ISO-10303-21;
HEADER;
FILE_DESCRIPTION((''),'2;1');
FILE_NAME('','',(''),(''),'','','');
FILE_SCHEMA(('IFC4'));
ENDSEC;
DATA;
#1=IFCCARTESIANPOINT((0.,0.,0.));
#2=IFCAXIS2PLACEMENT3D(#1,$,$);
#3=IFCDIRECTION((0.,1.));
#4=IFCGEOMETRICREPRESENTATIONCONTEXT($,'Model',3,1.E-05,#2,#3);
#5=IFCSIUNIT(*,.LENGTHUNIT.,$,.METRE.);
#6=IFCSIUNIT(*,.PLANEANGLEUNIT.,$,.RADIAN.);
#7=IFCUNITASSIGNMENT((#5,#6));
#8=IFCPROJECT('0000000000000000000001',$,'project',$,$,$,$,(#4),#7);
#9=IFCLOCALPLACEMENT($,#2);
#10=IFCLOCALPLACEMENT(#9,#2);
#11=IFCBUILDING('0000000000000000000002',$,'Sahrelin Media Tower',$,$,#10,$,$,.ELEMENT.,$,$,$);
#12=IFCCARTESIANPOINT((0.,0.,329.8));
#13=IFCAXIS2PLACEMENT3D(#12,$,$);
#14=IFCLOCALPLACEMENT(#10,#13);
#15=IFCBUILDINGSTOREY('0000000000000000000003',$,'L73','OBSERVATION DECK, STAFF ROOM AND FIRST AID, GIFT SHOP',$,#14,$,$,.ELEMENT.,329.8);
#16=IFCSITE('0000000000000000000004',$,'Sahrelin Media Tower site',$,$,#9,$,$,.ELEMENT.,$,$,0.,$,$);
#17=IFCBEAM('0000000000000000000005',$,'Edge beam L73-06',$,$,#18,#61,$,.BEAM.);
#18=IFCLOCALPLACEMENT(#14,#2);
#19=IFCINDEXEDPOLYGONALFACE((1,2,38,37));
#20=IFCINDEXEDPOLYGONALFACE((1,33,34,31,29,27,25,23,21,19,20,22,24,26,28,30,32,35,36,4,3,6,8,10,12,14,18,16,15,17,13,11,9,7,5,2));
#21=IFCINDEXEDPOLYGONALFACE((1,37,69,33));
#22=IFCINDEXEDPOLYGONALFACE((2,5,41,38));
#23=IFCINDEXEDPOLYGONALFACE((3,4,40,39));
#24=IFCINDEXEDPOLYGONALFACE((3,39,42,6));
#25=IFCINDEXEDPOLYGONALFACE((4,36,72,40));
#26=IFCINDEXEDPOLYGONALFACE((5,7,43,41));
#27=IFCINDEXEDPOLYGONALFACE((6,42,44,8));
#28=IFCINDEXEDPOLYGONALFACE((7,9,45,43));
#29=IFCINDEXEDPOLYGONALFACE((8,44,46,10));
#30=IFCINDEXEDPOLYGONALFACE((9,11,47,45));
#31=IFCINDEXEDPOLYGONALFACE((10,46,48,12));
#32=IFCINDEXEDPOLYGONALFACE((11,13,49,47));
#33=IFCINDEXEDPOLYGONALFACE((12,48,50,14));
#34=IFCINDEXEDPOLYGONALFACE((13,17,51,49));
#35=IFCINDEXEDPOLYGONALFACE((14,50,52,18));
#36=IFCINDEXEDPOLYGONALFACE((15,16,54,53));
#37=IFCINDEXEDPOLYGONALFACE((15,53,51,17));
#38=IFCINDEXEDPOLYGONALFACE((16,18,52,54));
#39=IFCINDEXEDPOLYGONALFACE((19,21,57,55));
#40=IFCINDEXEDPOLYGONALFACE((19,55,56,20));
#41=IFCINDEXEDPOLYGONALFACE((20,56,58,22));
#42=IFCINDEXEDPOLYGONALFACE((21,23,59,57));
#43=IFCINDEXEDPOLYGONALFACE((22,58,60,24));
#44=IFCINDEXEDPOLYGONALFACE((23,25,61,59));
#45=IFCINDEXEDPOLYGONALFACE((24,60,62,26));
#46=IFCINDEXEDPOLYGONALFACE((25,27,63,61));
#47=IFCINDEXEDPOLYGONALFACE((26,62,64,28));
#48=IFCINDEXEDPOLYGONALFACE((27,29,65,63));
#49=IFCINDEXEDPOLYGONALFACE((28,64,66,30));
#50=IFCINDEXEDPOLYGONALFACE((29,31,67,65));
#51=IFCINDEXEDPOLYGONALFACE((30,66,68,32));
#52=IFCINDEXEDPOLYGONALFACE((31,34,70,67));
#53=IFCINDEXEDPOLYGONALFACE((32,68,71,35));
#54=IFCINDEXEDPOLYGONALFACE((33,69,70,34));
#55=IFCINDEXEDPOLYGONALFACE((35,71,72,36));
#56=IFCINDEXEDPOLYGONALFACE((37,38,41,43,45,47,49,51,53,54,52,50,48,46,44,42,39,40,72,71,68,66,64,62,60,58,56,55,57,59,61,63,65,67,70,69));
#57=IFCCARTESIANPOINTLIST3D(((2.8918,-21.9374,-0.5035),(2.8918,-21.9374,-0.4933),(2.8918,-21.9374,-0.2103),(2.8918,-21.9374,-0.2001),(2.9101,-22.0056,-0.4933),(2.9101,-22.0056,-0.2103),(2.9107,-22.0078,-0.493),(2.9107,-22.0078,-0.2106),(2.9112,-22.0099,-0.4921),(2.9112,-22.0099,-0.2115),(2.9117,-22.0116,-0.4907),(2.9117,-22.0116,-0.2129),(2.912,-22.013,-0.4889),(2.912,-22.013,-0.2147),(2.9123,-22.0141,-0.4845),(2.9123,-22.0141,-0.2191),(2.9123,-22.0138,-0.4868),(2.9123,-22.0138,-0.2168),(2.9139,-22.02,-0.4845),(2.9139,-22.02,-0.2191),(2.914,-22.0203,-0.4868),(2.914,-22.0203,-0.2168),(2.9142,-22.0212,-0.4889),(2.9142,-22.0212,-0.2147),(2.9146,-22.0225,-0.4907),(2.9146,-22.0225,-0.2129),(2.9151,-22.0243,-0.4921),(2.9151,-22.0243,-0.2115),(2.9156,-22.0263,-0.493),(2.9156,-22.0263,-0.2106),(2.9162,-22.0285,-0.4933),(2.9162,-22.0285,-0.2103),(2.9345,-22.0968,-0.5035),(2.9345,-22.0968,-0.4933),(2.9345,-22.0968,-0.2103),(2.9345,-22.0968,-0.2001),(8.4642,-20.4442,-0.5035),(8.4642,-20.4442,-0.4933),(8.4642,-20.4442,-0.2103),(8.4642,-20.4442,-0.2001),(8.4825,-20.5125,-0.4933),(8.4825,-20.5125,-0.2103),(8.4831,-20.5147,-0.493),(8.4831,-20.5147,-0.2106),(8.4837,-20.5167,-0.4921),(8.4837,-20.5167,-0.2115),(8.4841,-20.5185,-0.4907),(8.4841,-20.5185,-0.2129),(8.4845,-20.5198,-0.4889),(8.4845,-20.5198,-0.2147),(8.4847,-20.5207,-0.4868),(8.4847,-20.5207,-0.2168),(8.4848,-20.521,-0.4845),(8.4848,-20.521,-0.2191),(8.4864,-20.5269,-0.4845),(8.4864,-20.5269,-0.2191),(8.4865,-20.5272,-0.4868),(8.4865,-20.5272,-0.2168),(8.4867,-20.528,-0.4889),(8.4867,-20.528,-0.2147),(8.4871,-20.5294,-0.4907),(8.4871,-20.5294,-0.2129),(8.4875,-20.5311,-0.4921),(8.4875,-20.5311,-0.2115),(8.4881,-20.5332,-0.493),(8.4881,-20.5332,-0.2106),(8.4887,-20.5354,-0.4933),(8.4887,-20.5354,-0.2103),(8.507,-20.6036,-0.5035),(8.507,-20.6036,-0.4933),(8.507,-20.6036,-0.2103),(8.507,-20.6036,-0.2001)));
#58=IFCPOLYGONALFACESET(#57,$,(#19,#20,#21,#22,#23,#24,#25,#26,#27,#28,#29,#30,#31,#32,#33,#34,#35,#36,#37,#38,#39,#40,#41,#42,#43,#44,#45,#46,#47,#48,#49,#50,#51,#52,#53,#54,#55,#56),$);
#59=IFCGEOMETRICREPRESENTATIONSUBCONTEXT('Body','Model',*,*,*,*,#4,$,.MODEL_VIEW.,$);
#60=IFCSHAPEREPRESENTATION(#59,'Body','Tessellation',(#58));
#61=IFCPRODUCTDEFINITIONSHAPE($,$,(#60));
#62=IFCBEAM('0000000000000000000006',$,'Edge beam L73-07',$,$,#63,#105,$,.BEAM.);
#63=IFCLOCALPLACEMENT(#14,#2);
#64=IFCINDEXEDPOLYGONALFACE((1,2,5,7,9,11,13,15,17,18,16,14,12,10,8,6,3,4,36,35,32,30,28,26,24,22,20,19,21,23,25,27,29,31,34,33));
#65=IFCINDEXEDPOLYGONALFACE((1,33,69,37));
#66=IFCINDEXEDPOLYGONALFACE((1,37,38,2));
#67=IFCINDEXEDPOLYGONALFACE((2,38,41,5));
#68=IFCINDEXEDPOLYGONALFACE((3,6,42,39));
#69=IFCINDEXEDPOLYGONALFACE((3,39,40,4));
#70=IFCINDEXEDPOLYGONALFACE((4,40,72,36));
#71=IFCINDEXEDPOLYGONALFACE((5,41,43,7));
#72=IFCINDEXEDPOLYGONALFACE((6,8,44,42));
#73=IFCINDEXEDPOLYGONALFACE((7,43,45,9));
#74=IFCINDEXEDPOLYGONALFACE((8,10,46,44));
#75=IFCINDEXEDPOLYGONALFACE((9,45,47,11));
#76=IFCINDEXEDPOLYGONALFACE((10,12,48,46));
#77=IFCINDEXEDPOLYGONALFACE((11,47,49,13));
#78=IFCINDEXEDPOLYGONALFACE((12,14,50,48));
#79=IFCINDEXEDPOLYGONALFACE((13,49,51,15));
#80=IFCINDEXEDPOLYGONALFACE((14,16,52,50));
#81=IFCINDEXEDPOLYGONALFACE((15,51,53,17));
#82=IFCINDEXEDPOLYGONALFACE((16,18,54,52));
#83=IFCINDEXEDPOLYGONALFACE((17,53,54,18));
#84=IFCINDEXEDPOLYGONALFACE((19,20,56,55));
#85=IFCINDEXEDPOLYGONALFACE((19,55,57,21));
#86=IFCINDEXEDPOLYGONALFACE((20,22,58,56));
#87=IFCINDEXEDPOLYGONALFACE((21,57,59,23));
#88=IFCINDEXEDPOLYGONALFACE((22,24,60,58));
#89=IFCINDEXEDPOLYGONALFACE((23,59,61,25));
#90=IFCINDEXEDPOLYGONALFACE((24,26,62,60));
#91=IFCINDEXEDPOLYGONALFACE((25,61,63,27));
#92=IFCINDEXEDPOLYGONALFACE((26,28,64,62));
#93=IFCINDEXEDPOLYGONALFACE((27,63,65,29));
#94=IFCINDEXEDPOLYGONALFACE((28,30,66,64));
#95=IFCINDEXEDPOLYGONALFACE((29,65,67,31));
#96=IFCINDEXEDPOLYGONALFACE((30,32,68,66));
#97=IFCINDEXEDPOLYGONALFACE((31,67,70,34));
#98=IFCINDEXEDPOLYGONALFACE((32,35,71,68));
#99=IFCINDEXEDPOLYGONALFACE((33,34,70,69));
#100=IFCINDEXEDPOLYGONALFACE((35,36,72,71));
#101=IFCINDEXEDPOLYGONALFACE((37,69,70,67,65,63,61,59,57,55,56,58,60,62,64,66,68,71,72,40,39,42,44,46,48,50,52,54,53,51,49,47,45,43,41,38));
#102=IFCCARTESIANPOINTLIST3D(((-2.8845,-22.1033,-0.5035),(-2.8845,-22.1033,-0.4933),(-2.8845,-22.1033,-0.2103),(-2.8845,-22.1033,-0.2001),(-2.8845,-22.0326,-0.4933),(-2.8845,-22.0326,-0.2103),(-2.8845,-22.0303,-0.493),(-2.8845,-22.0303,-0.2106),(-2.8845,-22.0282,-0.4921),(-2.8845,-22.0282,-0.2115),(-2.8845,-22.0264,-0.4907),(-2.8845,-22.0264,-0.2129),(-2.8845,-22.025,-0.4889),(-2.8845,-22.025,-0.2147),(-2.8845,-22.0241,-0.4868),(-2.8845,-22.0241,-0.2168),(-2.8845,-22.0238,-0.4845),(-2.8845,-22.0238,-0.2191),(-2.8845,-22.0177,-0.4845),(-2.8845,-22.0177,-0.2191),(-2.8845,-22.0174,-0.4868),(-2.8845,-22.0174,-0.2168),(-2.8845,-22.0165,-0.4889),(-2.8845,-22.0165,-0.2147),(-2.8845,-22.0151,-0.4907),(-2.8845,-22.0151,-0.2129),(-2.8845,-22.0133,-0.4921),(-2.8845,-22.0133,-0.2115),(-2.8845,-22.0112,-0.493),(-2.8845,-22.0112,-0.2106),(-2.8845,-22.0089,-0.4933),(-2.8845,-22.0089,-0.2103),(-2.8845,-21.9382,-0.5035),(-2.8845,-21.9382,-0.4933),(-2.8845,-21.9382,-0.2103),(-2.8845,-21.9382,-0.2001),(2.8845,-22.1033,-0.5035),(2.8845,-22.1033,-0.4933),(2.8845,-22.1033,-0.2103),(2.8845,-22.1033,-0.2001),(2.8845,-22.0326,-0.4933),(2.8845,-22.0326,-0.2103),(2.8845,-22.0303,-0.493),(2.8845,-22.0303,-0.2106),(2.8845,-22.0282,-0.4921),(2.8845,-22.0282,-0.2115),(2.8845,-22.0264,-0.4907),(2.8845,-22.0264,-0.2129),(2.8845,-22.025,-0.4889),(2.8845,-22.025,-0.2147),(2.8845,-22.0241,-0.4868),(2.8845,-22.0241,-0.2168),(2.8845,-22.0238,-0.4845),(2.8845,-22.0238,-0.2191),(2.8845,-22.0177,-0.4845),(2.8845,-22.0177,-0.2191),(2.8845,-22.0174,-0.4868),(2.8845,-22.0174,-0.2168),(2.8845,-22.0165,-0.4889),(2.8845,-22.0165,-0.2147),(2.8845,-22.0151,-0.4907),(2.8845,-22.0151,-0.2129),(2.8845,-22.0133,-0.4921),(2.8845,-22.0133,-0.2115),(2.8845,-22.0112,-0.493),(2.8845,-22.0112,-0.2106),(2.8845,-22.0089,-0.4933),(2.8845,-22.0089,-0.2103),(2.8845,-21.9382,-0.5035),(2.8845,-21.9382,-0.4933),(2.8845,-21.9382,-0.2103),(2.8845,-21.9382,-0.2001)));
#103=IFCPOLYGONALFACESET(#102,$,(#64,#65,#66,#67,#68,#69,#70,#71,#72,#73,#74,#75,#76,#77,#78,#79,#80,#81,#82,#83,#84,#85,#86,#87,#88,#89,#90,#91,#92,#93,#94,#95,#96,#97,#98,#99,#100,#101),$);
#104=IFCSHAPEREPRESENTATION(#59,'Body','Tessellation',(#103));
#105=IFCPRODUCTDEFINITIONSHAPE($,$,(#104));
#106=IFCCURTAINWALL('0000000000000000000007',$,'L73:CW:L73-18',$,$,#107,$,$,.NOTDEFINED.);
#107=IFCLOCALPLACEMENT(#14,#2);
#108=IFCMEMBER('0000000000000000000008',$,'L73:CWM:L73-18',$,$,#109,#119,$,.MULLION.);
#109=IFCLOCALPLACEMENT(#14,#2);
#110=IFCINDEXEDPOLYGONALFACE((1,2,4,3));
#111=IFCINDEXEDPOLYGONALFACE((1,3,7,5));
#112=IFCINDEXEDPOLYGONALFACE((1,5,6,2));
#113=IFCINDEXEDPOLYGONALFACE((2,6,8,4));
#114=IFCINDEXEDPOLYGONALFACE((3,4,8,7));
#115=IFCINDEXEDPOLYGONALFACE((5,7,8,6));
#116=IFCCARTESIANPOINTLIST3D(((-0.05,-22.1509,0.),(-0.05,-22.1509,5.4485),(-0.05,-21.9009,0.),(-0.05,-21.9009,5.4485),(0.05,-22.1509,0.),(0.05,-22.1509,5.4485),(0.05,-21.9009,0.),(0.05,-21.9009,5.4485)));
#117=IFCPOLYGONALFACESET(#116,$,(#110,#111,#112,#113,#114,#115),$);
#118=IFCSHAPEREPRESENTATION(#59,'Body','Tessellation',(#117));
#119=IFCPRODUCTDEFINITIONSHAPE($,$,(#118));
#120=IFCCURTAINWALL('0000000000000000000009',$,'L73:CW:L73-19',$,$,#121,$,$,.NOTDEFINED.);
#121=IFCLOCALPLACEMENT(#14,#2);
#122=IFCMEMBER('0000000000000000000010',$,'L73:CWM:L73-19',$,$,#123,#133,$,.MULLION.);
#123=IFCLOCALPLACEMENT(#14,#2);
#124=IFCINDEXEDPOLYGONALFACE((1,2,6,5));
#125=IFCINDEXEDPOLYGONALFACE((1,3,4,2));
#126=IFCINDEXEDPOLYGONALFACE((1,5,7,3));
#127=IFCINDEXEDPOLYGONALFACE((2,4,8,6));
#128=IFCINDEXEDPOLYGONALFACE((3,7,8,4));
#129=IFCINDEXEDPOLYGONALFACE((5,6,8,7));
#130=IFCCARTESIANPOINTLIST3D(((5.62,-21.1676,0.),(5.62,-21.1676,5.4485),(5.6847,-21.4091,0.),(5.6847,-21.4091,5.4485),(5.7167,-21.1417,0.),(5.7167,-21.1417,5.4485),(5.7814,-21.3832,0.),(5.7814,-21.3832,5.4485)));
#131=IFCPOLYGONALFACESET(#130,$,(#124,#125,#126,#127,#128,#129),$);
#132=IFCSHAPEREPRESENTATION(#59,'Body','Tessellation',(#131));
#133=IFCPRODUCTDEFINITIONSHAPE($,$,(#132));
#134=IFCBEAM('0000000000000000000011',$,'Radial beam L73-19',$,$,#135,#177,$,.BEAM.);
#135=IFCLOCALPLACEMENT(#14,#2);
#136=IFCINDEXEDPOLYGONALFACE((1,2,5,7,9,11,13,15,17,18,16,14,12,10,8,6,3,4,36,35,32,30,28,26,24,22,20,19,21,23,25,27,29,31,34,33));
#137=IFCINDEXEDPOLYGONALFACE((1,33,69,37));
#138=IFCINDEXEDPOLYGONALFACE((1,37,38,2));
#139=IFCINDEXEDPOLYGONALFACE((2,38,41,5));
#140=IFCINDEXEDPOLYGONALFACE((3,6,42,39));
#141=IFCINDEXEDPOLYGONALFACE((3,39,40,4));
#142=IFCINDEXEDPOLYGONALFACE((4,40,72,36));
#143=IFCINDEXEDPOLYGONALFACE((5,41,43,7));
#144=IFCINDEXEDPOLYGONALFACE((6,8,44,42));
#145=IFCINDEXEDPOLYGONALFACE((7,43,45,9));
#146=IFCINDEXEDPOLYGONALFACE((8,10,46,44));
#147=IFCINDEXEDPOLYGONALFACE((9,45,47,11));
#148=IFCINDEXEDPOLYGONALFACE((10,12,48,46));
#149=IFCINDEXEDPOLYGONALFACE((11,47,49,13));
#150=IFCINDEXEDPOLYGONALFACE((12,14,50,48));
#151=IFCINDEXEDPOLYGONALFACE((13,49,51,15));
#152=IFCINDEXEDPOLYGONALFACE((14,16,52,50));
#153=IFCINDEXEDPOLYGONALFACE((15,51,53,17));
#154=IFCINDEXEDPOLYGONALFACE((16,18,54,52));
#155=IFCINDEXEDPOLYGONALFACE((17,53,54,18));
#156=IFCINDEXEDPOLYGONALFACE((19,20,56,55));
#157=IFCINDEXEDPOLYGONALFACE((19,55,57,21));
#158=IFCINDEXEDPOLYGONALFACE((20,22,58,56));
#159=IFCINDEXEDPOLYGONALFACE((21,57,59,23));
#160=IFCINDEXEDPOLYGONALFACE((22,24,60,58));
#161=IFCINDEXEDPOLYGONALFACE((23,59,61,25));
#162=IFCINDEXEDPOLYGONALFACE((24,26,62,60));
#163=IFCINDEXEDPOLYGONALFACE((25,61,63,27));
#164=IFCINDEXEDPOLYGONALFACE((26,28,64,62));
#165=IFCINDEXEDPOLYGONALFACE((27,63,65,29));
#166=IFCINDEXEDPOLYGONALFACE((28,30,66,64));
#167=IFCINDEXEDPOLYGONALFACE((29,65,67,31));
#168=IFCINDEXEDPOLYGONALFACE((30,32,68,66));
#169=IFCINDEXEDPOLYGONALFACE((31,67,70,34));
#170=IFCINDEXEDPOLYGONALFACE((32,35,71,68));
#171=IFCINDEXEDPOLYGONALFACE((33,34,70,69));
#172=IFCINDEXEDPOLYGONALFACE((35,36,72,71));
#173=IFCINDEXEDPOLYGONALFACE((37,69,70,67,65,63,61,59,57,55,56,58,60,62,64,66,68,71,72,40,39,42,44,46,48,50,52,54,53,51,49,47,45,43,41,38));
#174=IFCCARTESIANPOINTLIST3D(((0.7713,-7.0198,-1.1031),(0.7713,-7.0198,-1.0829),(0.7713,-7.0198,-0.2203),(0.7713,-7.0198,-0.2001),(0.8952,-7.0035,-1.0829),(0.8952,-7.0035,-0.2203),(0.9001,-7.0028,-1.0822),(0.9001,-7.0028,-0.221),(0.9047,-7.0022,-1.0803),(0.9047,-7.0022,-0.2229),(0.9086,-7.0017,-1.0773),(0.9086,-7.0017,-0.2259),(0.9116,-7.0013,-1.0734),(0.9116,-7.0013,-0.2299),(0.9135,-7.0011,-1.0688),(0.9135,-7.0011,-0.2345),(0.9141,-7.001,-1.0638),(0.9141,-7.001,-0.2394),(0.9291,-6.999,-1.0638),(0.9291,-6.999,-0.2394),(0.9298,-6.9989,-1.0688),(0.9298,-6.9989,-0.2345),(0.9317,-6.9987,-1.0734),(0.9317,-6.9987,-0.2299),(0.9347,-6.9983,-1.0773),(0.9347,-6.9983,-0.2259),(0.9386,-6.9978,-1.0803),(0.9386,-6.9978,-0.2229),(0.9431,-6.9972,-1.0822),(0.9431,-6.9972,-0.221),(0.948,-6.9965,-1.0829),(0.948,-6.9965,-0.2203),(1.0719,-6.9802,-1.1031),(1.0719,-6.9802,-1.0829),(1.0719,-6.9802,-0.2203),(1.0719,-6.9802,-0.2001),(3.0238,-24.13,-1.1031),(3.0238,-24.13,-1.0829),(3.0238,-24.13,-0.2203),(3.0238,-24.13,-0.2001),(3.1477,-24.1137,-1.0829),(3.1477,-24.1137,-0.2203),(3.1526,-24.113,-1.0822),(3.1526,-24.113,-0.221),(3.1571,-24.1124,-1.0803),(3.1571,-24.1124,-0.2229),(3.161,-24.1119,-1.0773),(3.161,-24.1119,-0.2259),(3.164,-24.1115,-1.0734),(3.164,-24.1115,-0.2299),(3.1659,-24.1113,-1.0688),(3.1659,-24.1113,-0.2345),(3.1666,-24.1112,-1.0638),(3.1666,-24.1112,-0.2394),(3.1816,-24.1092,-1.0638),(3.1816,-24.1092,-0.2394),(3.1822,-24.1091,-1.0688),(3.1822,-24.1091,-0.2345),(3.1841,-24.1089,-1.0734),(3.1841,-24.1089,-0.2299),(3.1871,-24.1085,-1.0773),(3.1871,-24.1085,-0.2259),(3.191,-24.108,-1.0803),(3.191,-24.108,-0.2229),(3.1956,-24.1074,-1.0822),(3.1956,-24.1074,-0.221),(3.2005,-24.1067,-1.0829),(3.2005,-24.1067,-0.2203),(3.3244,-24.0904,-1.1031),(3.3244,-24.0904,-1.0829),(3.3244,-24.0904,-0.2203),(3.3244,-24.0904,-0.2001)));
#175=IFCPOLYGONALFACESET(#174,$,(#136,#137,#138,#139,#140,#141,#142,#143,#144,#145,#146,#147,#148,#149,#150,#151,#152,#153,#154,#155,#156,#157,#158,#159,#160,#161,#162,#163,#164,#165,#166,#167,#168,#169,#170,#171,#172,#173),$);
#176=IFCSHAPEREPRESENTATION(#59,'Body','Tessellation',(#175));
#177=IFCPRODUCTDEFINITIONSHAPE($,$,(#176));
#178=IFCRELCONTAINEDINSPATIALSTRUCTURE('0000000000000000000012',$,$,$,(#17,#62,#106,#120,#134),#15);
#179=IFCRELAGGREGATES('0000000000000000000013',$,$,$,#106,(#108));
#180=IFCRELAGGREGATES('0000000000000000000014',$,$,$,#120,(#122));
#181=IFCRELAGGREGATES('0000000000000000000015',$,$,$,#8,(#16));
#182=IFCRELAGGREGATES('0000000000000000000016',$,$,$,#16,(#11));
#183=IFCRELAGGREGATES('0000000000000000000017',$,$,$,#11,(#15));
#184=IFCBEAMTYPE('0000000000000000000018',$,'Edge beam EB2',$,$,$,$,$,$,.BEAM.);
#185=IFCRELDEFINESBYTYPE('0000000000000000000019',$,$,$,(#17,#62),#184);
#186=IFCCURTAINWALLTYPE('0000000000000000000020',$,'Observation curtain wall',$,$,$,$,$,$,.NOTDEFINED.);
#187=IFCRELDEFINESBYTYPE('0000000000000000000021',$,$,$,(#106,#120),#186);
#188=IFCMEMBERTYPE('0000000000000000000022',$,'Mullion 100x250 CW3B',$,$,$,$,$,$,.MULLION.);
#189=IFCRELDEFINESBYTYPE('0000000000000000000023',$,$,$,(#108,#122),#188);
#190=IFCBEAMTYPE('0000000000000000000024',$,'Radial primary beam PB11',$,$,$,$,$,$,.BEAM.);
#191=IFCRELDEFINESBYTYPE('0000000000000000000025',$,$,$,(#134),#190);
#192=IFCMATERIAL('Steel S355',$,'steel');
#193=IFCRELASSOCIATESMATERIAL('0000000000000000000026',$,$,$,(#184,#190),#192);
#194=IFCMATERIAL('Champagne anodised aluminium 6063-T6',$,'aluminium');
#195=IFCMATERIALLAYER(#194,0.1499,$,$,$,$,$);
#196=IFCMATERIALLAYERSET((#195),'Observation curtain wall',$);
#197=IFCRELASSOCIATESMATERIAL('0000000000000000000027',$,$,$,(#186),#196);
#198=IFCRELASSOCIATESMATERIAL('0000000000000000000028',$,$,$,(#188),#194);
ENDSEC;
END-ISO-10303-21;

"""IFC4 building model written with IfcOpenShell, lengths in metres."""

from ifc_helpers import new_model, si_unit, direction, frame, origin, origin_2d, place, context, subcontext, project, spatial, rectangle, i_section, extrude, material, layer, layer_set, material_profile, profile_set, type_object, element, aggregate, save


model = new_model("IFC4")

# Units and contexts
model_context = context("Model", 3, precision=1e-05, world=origin(), true_north=direction((0.0, 1.0)))
body_context = subcontext(model_context, "Body", "Model", "MODEL_VIEW")
ifc_project = project(units=[si_unit("LENGTHUNIT", "METRE"), si_unit("PLANEANGLEUNIT", "RADIAN")], contexts=[model_context])

# Site, building, storey
site_placement = place(None, origin())
site = spatial("IfcSite", under=ifc_project, at=site_placement, Name="Sahrelin Media Tower site", CompositionType="ELEMENT", RefElevation=0.0)
building_placement = place(site_placement, origin())
building = spatial("IfcBuilding", under=site, at=building_placement, Name="Sahrelin Media Tower", CompositionType="ELEMENT")
storey_placement = place(building_placement, frame((0.0, 0.0, 329.8)))
storey = spatial("IfcBuildingStorey", under=building, at=storey_placement, Name="L73", Description="OBSERVATION DECK, STAFF ROOM AND FIRST AID, GIFT SHOP", CompositionType="ELEMENT", Elevation=329.8)

# Beams
ifc_material_1 = material(Name="Steel S355", Category="steel")
ifc_material_profile_1 = material_profile(ifc_material_1, i_section(OverallWidth=0.165, OverallDepth=0.3035, WebThickness=0.0061, FlangeThickness=0.0103, FilletRadius=0.0088, at=origin_2d()), Name="UB 305x165x40")
ifc_profile_set_1 = profile_set([ifc_material_profile_1], Name="Steel S355")
beam_type_1 = type_object("IfcBeamType", Name="Edge beam EB2", PredefinedType="BEAM", material=ifc_profile_set_1)
for number, where, z_axis, x_axis, name in (
    (1, (8.4856, -20.5239, -0.3518), (-0.965925, -0.258821, 0.0), (0.258821, -0.965925, 0.0), "Edge beam L73-06"),
    (2, (2.8845, -22.0208, -0.3518), (-1.0, 0.0, 0.0), (0.0, -1.0, 0.0), "Edge beam L73-07"),
):
    element("IfcBeam", number, at=place(storey_placement, frame(where, z_axis=z_axis, x_axis=x_axis)), inside=storey, type_object=beam_type_1, Name=name, PredefinedType="BEAM", context=body_context, shape_type="SweptSolid", body=[
        extrude(i_section(OverallWidth=0.165, OverallDepth=0.3035, WebThickness=0.0061, FlangeThickness=0.0103, FilletRadius=0.0088, at=origin_2d()), origin(), (0.0, 0.0, 1.0), 5.769),
    ])

# Curtain walls, members
ifc_material_2 = material(Name="Champagne anodised aluminium 6063-T6", Category="aluminium")
ifc_layer_1 = layer(ifc_material_2, 0.1499)
ifc_layer_set_1 = layer_set([ifc_layer_1], Name="Observation curtain wall")
curtain_wall_type = type_object("IfcCurtainWallType", Name="Observation curtain wall", PredefinedType="NOTDEFINED", material=ifc_layer_set_1)
curtain_wall_1_placement = place(storey_placement, frame((0.0, -22.1709, 0.0), z_axis=(0.0, 0.0, 1.0), x_axis=(1.0, 0.0, 0.0)))
curtain_wall_1 = element("IfcCurtainWall", 3, at=curtain_wall_1_placement, inside=storey, type_object=curtain_wall_type, Name="L73:CW:L73-18", PredefinedType="NOTDEFINED")
ifc_material_profile_2 = material_profile(ifc_material_2, rectangle(XDim=0.1001, YDim=0.25, at=origin_2d()), Name="Mullion 100x250")
ifc_profile_set_2 = profile_set([ifc_material_profile_2], Name="Champagne anodised aluminium 6063-T6")
member_type_1 = type_object("IfcMemberType", Name="Mullion 100x250 CW3B", PredefinedType="MULLION", material=ifc_profile_set_2)
member_1_placement = place(storey_placement, frame((0.0, -22.0259, 0.0), z_axis=(0.0, 0.0, 1.0), x_axis=(1.0, 0.0, 0.0)))
member_1 = element("IfcMember", 4, at=member_1_placement, type_object=member_type_1, Name="L73:CWM:L73-18", PredefinedType="MULLION", context=body_context, shape_type="SweptSolid", body=[
    extrude(rectangle(XDim=0.1001, YDim=0.25, at=origin_2d()), origin(), (0.0, 0.0, 1.0), 5.4485),
])
aggregate(curtain_wall_1, [member_1])
curtain_wall_2_placement = place(storey_placement, frame((5.7383, -21.4153, 0.0), z_axis=(0.0, 0.0, 1.0), x_axis=(1.0, 0.0, 0.0)))
curtain_wall_2 = element("IfcCurtainWall", 5, at=curtain_wall_2_placement, inside=storey, type_object=curtain_wall_type, Name="L73:CW:L73-19", PredefinedType="NOTDEFINED")
member_2_placement = place(storey_placement, frame((5.7007, -21.2754, 0.0), z_axis=(0.0, 0.0, 1.0), x_axis=(0.965926, 0.258817, 0.0)))
member_2 = element("IfcMember", 6, at=member_2_placement, type_object=member_type_1, Name="L73:CWM:L73-19", PredefinedType="MULLION", context=body_context, shape_type="SweptSolid", body=[
    extrude(rectangle(XDim=0.1001, YDim=0.25, at=origin_2d()), origin(), (0.0, 0.0, 1.0), 5.4485),
])

# Beam
ifc_material_profile_3 = material_profile(ifc_material_1, i_section(OverallWidth=0.3032, OverallDepth=0.9031, WebThickness=0.0151, FlangeThickness=0.0203, FilletRadius=0.019, at=origin_2d()), Name="UB 914x305x201")
ifc_profile_set_3 = profile_set([ifc_material_profile_3], Name="Steel S355")
beam_type_2 = type_object("IfcBeamType", Name="Radial primary beam PB11", PredefinedType="BEAM", material=ifc_profile_set_3)
beam_1_placement = place(storey_placement, frame((0.9216, -7.0, -0.6516), z_axis=(0.130518, -0.991446, 0.0), x_axis=(0.991446, 0.130518, 0.0)))
element("IfcBeam", 7, at=beam_1_placement, inside=storey, type_object=beam_type_2, Name="Radial beam L73-19", PredefinedType="BEAM", context=body_context, shape_type="SweptSolid", body=[
    extrude(i_section(OverallWidth=0.3032, OverallDepth=0.9031, WebThickness=0.0151, FlangeThickness=0.0203, FilletRadius=0.019, at=origin_2d()), origin(), (0.0, 0.0, 1.0), 17.2578),
])

aggregate(curtain_wall_2, [member_2])

save(model, "model.ifc")
